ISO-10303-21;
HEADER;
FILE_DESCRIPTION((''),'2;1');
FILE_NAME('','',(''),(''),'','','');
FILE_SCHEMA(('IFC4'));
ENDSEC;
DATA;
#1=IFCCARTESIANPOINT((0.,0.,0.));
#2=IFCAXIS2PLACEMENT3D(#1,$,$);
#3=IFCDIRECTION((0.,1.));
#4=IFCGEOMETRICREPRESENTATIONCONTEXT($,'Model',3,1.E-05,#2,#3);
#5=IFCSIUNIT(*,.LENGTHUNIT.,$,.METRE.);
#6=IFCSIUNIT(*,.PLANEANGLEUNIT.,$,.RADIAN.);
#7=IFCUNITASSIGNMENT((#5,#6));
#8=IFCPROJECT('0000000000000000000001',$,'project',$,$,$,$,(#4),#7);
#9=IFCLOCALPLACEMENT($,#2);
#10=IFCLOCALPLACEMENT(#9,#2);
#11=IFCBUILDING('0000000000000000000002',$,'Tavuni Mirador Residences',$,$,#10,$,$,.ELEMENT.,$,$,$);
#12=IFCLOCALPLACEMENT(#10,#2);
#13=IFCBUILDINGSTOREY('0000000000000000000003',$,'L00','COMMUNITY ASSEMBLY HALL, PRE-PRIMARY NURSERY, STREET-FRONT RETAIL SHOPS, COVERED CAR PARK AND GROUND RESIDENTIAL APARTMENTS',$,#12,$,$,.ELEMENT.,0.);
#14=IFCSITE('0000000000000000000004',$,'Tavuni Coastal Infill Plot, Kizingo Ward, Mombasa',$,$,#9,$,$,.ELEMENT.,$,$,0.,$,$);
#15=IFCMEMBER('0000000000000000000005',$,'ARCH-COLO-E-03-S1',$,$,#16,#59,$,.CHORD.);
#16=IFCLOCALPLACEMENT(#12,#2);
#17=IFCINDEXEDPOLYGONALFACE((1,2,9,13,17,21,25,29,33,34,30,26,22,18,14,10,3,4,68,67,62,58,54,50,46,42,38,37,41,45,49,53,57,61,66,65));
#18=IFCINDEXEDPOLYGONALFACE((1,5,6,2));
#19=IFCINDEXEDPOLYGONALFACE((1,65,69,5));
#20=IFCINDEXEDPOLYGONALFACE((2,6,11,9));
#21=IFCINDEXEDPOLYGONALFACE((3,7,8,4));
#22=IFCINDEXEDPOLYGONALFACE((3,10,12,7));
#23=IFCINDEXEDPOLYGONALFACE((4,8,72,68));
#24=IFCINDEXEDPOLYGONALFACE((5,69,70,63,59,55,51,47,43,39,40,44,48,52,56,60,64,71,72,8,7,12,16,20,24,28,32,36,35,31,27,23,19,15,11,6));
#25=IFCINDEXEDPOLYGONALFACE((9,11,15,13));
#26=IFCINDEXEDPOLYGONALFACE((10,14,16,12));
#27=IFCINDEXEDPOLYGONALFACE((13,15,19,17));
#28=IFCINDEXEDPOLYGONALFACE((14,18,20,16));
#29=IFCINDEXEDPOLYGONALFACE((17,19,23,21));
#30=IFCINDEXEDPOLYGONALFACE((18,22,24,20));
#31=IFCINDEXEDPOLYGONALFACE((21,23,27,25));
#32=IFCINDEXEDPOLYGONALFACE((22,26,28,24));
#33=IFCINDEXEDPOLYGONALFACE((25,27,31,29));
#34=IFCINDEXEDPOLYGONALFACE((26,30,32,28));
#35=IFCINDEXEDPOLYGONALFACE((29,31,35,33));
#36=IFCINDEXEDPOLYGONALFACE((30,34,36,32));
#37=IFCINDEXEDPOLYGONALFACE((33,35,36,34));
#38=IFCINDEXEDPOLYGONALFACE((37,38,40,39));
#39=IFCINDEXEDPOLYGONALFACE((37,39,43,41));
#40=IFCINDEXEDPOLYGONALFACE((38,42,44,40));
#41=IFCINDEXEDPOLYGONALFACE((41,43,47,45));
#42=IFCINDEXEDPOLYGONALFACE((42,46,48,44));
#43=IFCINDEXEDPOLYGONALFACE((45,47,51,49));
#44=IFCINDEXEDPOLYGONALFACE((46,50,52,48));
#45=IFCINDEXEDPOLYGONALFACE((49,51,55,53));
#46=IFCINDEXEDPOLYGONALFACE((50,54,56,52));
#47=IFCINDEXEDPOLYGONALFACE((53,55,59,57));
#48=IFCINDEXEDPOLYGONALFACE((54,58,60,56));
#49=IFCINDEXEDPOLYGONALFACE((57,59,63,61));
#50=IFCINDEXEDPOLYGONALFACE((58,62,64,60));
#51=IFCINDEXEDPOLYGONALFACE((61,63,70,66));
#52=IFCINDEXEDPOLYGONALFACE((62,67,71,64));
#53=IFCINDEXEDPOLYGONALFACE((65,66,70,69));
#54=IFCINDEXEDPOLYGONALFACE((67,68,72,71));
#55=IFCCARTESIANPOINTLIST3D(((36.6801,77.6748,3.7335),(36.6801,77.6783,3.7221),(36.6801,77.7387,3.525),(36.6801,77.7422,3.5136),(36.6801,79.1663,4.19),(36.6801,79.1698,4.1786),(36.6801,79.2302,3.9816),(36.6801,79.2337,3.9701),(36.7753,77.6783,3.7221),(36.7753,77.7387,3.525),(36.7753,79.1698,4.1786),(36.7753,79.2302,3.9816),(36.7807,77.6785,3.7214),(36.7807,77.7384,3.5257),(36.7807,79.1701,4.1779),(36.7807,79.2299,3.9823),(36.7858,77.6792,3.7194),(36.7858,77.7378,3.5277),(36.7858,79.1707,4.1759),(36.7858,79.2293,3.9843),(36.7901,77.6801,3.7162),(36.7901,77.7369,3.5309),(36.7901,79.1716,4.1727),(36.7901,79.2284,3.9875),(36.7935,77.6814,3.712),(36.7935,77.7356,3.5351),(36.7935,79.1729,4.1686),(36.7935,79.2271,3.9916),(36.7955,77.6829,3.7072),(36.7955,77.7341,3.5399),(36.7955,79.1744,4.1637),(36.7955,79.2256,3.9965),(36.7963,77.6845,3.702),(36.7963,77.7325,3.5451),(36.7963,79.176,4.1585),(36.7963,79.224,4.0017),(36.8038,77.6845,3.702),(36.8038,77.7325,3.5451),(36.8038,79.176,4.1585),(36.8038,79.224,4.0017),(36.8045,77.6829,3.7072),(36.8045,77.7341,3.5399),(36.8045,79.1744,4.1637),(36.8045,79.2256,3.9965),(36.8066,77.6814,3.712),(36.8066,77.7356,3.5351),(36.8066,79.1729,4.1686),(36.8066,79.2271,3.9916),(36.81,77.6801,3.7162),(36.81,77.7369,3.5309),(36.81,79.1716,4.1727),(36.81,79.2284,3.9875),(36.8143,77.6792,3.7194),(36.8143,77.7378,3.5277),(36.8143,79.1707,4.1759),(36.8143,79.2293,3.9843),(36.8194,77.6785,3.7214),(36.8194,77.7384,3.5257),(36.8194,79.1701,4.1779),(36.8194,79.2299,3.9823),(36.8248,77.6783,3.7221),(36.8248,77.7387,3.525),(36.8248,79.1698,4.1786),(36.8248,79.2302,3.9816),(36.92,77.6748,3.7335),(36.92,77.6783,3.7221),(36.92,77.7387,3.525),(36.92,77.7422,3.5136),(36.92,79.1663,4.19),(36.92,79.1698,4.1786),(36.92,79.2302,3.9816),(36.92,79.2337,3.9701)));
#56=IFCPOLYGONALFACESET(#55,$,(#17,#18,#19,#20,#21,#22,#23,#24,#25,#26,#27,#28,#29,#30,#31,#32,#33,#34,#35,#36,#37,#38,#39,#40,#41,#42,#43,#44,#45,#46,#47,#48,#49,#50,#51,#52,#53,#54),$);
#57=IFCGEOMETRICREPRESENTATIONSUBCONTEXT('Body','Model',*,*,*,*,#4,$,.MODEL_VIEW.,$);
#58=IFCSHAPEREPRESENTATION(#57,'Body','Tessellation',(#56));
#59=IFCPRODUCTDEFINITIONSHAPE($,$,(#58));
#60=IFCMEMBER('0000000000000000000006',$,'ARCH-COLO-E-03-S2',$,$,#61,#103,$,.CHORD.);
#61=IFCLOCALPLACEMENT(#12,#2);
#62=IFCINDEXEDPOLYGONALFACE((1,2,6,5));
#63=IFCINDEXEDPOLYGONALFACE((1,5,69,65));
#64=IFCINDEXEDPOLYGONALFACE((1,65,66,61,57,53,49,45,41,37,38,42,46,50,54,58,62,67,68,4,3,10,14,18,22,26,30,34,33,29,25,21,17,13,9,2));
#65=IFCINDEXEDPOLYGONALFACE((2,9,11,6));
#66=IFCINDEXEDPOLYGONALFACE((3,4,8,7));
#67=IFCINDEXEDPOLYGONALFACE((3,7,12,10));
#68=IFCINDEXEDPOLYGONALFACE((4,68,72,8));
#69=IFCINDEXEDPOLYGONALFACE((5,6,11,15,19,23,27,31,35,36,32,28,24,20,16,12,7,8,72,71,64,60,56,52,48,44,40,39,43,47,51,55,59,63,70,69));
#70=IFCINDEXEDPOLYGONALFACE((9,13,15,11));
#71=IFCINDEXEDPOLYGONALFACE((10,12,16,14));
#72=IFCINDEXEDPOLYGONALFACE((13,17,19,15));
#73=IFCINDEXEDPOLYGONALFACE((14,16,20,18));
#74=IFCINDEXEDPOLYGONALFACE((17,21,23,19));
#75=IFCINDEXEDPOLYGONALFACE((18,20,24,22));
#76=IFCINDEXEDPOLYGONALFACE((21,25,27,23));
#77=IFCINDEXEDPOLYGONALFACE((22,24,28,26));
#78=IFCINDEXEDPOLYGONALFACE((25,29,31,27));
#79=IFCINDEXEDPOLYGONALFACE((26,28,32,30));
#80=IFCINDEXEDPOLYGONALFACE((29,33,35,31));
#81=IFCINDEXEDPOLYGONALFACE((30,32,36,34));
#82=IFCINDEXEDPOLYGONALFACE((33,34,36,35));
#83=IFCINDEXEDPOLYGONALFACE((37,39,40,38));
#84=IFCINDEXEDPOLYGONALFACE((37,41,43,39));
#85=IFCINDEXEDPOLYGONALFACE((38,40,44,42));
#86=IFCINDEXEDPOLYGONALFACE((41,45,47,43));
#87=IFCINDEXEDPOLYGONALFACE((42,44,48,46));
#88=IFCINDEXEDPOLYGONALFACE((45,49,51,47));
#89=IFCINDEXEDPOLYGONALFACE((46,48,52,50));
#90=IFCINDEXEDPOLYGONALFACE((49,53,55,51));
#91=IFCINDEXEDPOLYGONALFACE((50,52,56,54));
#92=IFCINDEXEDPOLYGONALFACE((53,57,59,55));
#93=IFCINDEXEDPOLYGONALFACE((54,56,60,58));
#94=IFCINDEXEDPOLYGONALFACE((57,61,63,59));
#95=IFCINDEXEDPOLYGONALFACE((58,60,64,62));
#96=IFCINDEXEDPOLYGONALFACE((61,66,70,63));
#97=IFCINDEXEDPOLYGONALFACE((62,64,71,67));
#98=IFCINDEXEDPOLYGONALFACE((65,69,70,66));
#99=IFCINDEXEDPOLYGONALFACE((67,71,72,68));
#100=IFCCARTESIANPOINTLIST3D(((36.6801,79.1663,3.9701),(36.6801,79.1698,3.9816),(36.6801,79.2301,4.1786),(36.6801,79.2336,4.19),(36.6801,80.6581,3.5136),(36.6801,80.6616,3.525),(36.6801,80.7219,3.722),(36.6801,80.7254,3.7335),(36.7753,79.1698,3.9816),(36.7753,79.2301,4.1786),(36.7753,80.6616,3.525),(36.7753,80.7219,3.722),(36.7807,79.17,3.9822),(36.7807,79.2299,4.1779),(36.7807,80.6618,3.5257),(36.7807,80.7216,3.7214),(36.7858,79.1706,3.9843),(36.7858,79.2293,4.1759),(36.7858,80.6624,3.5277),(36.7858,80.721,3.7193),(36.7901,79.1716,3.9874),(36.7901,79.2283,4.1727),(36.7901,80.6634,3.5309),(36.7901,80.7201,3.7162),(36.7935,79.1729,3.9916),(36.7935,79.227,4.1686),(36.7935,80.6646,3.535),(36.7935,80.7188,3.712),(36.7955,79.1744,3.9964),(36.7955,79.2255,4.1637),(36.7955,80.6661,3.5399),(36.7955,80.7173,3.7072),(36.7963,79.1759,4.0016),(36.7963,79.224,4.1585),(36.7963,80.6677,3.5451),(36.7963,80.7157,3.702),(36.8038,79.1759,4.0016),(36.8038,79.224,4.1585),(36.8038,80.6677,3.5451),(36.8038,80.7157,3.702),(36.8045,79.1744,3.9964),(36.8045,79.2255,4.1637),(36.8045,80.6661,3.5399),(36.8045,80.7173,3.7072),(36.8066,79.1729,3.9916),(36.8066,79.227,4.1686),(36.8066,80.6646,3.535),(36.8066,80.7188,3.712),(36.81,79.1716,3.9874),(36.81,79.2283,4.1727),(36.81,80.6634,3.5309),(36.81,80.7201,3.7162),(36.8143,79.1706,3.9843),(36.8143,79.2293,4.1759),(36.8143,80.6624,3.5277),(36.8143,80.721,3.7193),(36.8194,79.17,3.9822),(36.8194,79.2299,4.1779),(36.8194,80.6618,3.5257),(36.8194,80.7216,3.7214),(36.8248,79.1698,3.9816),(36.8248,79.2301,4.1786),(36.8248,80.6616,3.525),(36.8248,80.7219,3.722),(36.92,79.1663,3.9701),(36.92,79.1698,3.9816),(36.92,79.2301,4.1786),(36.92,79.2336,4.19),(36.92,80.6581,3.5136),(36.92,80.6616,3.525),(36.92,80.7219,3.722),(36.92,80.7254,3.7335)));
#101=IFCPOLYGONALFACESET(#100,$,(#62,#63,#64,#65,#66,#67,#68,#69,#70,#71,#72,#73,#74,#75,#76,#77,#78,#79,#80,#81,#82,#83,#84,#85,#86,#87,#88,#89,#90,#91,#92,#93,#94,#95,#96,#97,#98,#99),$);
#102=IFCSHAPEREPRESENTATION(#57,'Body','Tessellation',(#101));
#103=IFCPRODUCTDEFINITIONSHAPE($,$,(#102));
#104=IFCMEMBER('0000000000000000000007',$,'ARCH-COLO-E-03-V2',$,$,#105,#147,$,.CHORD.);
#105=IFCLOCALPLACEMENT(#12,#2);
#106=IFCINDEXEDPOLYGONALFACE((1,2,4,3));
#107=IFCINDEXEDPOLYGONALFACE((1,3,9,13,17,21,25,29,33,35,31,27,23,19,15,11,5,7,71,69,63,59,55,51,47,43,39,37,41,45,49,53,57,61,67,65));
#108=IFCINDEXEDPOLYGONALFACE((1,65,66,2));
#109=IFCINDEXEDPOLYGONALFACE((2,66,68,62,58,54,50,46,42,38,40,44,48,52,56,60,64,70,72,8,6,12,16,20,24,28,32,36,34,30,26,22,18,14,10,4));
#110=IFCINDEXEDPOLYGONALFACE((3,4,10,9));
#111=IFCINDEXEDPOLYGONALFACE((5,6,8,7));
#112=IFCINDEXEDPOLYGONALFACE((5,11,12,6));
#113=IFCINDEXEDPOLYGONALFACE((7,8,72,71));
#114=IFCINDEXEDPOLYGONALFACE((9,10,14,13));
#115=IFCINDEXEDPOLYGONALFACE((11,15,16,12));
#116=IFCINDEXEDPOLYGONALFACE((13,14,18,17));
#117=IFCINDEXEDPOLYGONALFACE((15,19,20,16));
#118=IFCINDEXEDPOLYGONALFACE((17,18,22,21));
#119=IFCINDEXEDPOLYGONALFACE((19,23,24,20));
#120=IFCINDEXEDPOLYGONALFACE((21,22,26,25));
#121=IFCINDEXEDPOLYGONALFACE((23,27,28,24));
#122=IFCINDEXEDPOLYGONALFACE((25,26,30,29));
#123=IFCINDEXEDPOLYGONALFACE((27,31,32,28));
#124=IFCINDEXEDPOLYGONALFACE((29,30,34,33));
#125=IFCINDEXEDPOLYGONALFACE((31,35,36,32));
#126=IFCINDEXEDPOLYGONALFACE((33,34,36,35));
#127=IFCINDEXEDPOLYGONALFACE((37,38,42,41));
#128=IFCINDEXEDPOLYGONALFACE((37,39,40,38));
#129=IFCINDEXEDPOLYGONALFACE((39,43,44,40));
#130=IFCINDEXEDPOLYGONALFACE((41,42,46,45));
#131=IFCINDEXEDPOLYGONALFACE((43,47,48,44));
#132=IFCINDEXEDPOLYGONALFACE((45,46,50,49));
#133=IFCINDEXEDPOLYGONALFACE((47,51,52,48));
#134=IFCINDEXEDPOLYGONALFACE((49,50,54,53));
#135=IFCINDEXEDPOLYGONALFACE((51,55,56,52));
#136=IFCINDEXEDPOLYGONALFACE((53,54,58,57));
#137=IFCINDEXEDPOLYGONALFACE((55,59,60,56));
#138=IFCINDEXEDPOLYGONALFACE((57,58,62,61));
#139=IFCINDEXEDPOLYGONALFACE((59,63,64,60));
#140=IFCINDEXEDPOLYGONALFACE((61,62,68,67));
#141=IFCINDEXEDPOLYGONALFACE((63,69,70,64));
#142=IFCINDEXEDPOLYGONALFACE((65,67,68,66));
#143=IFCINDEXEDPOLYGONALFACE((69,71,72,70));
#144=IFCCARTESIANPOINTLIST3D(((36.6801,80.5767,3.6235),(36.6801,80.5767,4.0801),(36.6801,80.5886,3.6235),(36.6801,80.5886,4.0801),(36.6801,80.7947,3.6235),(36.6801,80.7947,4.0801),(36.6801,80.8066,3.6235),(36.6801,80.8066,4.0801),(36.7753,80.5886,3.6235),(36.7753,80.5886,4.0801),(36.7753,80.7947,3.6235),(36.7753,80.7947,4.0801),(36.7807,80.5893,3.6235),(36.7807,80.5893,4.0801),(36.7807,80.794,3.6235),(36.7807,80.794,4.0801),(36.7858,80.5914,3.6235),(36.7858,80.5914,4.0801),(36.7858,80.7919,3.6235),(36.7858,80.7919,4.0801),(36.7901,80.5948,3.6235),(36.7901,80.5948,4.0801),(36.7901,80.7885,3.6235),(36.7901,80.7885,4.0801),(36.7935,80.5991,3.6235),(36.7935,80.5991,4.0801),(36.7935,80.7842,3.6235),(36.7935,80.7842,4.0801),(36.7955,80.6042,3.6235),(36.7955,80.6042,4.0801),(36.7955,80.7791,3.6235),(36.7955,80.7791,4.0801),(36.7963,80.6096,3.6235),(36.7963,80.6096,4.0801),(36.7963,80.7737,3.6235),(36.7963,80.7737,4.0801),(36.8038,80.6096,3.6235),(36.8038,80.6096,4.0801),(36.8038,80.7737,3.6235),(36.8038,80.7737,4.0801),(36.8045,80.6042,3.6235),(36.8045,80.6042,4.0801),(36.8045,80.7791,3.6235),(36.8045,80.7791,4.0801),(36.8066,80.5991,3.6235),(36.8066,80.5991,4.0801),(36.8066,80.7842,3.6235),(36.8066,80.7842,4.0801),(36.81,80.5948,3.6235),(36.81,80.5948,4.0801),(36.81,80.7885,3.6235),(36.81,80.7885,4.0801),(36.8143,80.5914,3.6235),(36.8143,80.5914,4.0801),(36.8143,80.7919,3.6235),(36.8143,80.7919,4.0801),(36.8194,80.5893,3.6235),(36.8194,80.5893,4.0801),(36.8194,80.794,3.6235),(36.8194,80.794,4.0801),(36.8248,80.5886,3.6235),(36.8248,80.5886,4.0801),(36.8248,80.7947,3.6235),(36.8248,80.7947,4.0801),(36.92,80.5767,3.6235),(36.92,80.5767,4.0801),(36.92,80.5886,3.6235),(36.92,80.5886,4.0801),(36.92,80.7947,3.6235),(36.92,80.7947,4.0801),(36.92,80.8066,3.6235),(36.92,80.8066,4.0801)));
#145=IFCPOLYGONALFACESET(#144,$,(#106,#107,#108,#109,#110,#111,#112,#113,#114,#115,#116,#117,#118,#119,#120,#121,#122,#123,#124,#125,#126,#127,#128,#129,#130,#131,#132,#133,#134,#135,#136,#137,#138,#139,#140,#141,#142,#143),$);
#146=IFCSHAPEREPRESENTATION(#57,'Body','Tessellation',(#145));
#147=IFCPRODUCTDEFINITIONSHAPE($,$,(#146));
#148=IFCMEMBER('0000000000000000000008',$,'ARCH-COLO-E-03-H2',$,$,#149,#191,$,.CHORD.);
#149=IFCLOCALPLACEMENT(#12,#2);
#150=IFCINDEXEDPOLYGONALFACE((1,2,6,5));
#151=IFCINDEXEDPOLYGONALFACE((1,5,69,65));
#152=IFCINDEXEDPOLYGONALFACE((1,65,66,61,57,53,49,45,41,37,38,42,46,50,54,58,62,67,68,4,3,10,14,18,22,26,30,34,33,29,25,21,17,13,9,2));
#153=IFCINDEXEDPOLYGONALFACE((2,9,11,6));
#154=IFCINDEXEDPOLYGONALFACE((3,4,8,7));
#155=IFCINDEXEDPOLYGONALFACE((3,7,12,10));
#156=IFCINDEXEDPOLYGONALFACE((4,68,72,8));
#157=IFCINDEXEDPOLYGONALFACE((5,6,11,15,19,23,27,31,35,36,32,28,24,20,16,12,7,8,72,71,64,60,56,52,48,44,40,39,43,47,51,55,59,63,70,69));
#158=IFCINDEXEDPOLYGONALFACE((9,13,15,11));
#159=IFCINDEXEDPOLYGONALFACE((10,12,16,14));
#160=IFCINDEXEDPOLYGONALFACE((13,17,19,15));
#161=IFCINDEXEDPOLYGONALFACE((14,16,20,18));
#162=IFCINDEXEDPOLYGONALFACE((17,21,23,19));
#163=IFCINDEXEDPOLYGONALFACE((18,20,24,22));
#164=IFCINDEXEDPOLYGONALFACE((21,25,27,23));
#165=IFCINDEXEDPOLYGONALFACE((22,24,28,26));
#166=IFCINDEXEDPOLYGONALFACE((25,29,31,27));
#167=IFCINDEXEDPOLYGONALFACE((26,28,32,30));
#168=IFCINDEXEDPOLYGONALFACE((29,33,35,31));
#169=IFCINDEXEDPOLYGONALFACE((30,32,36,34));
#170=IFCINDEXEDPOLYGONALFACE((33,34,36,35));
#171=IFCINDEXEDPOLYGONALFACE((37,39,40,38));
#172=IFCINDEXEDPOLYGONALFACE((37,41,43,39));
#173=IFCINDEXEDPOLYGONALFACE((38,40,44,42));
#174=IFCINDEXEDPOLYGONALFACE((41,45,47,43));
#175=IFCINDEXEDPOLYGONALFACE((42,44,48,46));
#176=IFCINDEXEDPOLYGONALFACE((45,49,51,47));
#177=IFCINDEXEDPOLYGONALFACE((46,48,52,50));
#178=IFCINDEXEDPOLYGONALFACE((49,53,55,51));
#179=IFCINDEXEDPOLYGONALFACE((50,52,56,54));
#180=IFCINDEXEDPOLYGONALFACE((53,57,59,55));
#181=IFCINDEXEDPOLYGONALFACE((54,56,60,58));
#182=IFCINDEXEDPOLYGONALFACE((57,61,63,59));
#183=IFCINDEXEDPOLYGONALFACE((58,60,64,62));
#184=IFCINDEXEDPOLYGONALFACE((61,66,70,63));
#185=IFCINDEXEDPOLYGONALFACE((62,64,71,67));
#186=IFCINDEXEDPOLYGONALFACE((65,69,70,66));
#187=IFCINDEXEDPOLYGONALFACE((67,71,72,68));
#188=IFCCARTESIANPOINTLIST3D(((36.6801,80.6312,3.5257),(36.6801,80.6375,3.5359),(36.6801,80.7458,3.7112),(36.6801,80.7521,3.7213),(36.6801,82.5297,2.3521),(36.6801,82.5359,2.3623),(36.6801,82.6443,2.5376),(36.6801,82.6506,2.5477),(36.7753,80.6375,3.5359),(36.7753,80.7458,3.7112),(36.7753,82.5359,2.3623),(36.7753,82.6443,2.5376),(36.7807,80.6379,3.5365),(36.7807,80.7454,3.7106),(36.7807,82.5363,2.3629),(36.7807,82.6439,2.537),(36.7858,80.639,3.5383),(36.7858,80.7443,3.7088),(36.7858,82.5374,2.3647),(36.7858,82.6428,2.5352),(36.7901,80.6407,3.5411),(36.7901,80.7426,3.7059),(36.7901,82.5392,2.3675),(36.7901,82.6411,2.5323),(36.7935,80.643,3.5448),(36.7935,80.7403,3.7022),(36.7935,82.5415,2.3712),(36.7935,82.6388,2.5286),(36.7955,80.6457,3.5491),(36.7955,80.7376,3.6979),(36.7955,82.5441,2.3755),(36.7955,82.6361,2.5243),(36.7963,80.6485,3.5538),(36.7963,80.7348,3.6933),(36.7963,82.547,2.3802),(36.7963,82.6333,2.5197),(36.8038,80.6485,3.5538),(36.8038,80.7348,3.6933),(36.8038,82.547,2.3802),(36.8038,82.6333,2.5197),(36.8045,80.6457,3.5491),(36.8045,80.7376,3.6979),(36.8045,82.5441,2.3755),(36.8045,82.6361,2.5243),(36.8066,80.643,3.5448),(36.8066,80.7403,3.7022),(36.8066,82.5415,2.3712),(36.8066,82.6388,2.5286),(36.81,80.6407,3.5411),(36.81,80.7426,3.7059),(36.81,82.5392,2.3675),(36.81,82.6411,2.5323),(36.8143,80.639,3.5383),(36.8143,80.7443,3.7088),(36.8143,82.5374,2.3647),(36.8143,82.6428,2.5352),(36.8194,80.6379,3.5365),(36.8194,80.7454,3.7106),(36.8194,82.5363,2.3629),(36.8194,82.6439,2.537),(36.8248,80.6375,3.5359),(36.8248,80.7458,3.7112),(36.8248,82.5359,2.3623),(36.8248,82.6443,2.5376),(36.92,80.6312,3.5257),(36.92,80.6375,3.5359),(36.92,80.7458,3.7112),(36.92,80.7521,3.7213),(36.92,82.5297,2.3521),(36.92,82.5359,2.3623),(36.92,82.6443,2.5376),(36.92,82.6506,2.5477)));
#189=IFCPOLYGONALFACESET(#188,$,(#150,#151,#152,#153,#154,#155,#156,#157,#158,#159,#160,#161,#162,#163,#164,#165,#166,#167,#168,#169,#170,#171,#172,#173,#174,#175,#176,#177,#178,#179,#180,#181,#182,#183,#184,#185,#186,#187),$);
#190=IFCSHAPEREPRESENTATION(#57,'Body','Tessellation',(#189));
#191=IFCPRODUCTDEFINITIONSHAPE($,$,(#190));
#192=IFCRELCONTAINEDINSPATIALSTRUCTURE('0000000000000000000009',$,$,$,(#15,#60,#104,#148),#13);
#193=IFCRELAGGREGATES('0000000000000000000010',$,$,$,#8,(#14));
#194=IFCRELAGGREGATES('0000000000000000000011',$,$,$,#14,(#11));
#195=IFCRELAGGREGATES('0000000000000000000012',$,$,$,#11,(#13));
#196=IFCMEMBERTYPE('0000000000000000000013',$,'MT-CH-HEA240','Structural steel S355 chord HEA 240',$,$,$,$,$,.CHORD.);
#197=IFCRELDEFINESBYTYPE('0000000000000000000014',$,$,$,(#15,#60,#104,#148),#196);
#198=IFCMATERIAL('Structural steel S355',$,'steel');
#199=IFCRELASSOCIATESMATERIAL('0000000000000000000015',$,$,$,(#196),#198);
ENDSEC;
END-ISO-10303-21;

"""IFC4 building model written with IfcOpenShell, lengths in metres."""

from ifc_helpers import new_model, si_unit, direction, frame, origin, origin_2d, place, context, subcontext, project, spatial, i_section, extrude, material, material_profile, profile_set, type_object, element, save


model = new_model("IFC4")

# Units and contexts
model_context = context("Model", 3, precision=1e-05, world=origin(), true_north=direction((0.0, 1.0)))
body_context = subcontext(model_context, "Body", "Model", "MODEL_VIEW")
ifc_project = project(units=[si_unit("LENGTHUNIT", "METRE"), si_unit("PLANEANGLEUNIT", "RADIAN")], contexts=[model_context])

# Site, building, storey
site_placement = place(None, origin())
site = spatial("IfcSite", under=ifc_project, at=site_placement, Name="Tavuni Coastal Infill Plot, Kizingo Ward, Mombasa", CompositionType="ELEMENT", RefElevation=0.0)
building_placement = place(site_placement, origin())
building = spatial("IfcBuilding", under=site, at=building_placement, Name="Tavuni Mirador Residences", CompositionType="ELEMENT")
storey_placement = place(building_placement, origin())
storey = spatial("IfcBuildingStorey", under=building, at=storey_placement, Name="L00", Description="COMMUNITY ASSEMBLY HALL, PRE-PRIMARY NURSERY, STREET-FRONT RETAIL SHOPS, COVERED CAR PARK AND GROUND RESIDENTIAL APARTMENTS", CompositionType="ELEMENT", Elevation=0.0)

# Members
ifc_material_1 = material(Name="Structural steel S355", Category="steel")
ifc_material_profile_1 = material_profile(ifc_material_1, i_section(OverallWidth=0.24, OverallDepth=0.23, WebThickness=0.0076, FlangeThickness=0.012, FilletRadius=0.021, at=origin_2d()), Name="HEA 240", Category="steel")
ifc_profile_set_1 = profile_set([ifc_material_profile_1], Name="Structural steel S355")
member_type_1 = type_object("IfcMemberType", Name="MT-CH-HEA240", Description="Structural steel S355 chord HEA 240", PredefinedType="CHORD", material=ifc_profile_set_1)
member_1_placement = place(storey_placement, frame((36.8, 77.7085, 3.6235), z_axis=(0.0, 0.956204, 0.2927), x_axis=(-1.0, 0.0, 0.0)))
element("IfcMember", 1, at=member_1_placement, inside=storey, type_object=member_type_1, Name="ARCH-COLO-E-03-S1", PredefinedType="CHORD", context=body_context, shape_type="SweptSolid", body=[
    extrude(i_section(OverallWidth=0.24, OverallDepth=0.23, WebThickness=0.0076, FlangeThickness=0.012, FilletRadius=0.021, at=origin_2d()), origin(), (0.0, 0.0, 1.0), 1.5598),
])
member_2_placement = place(storey_placement, frame((36.8, 79.2, 4.0801), z_axis=(0.0, 0.956218, -0.292656), x_axis=(-1.0, 0.0, 0.0)))
element("IfcMember", 2, at=member_2_placement, inside=storey, type_object=member_type_1, Name="ARCH-COLO-E-03-S2", PredefinedType="CHORD", context=body_context, shape_type="SweptSolid", body=[
    extrude(i_section(OverallWidth=0.24, OverallDepth=0.23, WebThickness=0.0076, FlangeThickness=0.012, FilletRadius=0.021, at=origin_2d()), origin(), (0.0, 0.0, 1.0), 1.5601),
])
member_3_placement = place(storey_placement, frame((36.8, 80.6917, 3.6235), z_axis=(0.0, 0.0, 1.0), x_axis=(1.0, 0.0, 0.0)))
element("IfcMember", 3, at=member_3_placement, inside=storey, type_object=member_type_1, Name="ARCH-COLO-E-03-V2", PredefinedType="CHORD", context=body_context, shape_type="SweptSolid", body=[
    extrude(i_section(OverallWidth=0.24, OverallDepth=0.23, WebThickness=0.0076, FlangeThickness=0.012, FilletRadius=0.021, at=origin_2d()), origin(), (0.0, 0.0, 1.0), 0.4565),
])
member_4_placement = place(storey_placement, frame((36.8, 80.6917, 3.6235), z_axis=(0.0, 0.850594, -0.525824), x_axis=(-1.0, 0.0, 0.0)))
element("IfcMember", 4, at=member_4_placement, inside=storey, type_object=member_type_1, Name="ARCH-COLO-E-03-H2", PredefinedType="CHORD", context=body_context, shape_type="SweptSolid", body=[
    extrude(i_section(OverallWidth=0.24, OverallDepth=0.23, WebThickness=0.0076, FlangeThickness=0.012, FilletRadius=0.021, at=origin_2d()), origin(), (0.0, 0.0, 1.0), 2.2319),
])

save(model, "model.ifc")
